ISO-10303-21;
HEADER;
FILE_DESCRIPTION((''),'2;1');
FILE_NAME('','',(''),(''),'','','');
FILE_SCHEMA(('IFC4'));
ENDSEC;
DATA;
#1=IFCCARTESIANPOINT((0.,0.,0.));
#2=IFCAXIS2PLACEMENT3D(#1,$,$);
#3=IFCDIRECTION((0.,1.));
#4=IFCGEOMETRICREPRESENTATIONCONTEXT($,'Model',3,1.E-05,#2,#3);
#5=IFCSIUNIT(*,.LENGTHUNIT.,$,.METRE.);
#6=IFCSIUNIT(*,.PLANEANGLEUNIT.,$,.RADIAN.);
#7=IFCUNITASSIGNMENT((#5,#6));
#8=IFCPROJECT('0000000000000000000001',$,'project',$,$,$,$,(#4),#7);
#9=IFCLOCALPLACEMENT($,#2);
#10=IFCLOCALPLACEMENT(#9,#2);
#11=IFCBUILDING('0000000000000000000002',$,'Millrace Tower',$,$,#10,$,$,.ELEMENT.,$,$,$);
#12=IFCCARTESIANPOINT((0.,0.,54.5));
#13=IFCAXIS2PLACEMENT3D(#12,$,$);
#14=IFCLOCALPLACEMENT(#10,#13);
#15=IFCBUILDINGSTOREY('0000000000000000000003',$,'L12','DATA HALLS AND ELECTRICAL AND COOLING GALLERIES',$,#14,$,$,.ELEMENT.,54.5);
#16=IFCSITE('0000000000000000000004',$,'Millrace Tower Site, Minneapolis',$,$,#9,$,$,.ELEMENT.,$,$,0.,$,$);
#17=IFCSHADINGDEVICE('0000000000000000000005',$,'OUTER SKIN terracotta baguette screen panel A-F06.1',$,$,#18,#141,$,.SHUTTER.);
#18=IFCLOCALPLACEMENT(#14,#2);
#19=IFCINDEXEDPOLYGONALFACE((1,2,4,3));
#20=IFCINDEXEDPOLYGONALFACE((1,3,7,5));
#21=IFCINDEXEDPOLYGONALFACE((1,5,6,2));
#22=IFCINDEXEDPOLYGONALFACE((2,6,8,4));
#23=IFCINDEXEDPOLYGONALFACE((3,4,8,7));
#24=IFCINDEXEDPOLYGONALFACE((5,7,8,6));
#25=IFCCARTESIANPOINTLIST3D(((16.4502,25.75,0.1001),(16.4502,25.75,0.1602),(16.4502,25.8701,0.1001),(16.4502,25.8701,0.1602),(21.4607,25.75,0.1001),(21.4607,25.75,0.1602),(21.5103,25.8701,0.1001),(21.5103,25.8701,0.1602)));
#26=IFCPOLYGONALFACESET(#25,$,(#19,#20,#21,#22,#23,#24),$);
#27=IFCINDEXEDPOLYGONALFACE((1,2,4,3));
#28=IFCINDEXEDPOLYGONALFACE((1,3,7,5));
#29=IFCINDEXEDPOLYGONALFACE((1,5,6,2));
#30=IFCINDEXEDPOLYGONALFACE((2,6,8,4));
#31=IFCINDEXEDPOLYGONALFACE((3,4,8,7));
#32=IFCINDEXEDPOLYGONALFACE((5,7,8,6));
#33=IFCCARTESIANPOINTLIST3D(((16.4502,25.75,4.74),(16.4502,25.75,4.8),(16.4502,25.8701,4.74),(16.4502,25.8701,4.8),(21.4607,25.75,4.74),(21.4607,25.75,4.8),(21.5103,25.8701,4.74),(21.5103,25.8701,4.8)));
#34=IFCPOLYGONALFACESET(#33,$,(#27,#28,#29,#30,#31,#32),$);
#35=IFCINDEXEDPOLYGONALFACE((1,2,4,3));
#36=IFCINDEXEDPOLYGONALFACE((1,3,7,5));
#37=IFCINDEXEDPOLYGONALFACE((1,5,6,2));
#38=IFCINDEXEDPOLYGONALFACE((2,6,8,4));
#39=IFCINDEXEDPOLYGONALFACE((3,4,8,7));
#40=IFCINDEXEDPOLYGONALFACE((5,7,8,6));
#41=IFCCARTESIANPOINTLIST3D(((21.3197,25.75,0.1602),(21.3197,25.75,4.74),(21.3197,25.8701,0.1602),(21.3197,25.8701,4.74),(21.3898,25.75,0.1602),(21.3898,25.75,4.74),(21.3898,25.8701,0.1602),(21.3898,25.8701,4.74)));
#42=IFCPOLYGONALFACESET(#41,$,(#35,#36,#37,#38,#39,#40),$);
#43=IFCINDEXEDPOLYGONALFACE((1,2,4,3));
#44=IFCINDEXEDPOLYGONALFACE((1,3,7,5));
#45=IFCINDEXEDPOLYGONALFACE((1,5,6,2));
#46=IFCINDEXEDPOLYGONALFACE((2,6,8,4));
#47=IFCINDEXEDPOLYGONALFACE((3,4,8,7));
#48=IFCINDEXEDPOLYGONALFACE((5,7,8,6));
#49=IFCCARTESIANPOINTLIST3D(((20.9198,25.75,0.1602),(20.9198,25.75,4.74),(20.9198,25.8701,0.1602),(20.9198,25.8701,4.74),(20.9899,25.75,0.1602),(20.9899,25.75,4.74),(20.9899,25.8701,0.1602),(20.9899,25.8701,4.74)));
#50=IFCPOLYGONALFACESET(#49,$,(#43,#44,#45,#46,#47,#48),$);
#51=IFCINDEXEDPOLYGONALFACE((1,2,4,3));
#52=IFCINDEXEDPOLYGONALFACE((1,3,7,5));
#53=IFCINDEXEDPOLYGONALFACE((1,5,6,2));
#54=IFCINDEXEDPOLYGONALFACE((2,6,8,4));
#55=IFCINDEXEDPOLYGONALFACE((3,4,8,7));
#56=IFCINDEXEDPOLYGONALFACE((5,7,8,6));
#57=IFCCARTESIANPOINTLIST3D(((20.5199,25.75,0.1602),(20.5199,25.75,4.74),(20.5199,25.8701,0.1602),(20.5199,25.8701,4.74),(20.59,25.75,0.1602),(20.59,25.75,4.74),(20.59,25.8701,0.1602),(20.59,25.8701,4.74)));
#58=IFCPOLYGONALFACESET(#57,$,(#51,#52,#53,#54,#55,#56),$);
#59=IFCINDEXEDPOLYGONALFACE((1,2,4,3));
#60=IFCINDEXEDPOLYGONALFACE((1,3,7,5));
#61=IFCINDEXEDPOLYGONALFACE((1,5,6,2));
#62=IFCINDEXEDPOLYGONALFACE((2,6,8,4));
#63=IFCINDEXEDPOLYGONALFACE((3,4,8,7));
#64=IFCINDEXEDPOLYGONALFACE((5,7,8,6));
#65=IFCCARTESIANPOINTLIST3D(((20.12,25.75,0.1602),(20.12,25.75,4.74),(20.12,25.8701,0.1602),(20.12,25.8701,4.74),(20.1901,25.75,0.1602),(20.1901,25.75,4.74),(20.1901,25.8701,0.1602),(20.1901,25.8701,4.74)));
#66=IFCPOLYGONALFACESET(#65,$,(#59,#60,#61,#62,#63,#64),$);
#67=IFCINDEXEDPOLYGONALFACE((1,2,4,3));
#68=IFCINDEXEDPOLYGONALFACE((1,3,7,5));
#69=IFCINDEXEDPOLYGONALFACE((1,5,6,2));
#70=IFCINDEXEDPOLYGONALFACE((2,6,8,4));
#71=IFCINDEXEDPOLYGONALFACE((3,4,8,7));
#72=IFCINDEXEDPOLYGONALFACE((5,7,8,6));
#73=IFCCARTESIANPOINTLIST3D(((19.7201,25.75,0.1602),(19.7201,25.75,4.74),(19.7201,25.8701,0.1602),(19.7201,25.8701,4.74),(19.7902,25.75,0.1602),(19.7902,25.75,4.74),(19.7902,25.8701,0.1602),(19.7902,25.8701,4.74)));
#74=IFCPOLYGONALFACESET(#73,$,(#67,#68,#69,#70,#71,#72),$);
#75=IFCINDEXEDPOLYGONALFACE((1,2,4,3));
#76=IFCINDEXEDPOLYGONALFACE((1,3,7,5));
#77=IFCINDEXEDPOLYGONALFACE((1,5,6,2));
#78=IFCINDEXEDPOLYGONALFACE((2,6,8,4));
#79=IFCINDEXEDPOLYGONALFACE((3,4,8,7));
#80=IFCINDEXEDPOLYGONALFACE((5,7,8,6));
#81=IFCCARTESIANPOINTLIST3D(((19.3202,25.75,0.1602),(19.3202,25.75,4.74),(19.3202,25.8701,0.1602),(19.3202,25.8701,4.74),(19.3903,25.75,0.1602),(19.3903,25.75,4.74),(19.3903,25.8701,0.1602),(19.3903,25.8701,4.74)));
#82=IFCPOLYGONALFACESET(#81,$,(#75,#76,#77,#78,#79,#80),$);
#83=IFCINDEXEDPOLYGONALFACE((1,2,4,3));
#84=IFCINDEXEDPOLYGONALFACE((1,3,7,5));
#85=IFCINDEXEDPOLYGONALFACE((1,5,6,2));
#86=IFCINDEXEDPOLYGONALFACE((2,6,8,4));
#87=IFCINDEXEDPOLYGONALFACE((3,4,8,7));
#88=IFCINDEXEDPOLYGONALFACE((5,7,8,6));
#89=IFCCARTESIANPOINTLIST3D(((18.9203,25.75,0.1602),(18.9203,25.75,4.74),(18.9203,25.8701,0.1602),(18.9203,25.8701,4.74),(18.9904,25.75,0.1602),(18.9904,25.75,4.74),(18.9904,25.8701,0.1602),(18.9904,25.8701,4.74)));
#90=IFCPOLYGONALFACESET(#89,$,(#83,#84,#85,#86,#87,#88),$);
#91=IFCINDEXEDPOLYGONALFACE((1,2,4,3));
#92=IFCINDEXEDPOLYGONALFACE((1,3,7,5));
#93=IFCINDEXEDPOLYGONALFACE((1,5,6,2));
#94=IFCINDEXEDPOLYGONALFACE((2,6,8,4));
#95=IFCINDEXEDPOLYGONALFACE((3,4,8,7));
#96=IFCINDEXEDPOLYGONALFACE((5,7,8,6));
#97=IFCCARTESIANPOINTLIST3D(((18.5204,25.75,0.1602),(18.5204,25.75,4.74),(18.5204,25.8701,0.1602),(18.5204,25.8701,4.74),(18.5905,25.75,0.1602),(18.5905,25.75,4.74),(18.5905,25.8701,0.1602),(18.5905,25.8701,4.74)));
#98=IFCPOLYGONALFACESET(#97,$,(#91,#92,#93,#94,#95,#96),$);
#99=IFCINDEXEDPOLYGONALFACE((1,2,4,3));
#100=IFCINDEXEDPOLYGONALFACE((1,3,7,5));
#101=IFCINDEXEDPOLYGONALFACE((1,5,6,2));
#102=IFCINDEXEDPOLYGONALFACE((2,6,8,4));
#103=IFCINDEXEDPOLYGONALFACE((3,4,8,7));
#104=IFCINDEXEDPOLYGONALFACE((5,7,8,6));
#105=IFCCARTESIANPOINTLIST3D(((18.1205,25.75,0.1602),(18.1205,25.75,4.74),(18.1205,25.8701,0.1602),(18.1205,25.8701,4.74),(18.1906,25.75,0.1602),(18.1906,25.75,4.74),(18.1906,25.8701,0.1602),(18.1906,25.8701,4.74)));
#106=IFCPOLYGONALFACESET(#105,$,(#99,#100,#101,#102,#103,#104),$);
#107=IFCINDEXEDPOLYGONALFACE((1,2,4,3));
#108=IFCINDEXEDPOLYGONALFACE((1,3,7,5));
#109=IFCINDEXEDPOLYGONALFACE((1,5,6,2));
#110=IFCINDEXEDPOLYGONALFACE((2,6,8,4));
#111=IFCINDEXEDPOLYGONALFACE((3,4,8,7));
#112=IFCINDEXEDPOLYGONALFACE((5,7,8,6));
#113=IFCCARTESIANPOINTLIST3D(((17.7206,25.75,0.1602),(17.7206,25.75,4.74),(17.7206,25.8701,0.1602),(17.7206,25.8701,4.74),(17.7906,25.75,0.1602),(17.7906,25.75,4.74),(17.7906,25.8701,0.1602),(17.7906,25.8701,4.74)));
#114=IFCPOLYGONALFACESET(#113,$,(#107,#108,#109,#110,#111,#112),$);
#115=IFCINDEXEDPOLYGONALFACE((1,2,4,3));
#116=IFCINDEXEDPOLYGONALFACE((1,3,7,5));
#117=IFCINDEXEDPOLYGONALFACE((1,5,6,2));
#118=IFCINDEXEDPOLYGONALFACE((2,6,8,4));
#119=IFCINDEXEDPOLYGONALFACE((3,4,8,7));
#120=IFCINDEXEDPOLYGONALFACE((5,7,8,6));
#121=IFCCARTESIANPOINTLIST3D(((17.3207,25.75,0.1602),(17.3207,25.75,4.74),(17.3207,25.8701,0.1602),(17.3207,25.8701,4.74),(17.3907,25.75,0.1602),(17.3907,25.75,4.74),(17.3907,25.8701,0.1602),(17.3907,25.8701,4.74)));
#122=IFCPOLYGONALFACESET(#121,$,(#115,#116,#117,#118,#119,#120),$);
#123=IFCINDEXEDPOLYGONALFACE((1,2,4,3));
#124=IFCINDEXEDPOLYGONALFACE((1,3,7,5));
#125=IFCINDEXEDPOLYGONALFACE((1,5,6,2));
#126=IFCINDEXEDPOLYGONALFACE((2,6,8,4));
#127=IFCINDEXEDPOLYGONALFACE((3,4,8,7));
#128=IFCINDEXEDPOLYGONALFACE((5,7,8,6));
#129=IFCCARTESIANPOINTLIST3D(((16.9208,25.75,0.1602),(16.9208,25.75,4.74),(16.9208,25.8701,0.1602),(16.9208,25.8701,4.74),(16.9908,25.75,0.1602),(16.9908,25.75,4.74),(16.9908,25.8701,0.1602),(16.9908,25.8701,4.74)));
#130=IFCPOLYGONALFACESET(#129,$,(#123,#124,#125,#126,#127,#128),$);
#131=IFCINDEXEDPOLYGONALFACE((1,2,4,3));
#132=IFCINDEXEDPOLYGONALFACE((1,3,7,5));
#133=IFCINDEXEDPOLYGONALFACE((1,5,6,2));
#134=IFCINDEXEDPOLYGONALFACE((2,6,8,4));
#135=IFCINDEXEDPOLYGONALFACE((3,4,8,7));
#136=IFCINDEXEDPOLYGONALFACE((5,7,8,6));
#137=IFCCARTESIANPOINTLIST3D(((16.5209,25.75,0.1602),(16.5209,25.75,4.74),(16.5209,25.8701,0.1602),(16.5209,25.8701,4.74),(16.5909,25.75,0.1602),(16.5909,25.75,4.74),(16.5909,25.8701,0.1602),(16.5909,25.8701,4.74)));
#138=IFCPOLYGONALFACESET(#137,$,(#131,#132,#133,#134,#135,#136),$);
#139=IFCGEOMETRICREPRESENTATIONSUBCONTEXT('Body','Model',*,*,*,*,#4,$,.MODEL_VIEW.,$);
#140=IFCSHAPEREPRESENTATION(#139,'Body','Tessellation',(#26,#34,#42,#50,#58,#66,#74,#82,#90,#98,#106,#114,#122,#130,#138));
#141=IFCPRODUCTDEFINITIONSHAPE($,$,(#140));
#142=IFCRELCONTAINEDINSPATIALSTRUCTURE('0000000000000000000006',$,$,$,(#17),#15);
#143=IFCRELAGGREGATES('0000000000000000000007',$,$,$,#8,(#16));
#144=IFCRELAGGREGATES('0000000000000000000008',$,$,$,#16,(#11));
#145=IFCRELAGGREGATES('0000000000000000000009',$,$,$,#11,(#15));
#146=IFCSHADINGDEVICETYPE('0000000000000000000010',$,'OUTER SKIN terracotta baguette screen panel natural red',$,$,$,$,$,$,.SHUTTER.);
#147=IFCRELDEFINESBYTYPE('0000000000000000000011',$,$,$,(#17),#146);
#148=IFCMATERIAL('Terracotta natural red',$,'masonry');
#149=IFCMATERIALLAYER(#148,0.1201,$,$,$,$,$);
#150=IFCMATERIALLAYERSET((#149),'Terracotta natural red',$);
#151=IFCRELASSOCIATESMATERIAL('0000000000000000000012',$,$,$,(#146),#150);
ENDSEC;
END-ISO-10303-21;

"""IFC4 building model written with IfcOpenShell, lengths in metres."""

from ifc_helpers import new_model, entity, si_unit, direction, frame, frame_2d, origin, place, context, subcontext, project, spatial, rectangle, extrude, source, transform, mapped, material, layer, layer_set, type_object, element, save


model = new_model("IFC4")

# Units and contexts
model_context = context("Model", 3, precision=1e-05, world=origin(), true_north=direction((0.0, 1.0)))
body_context = subcontext(model_context, "Body", "Model", "MODEL_VIEW")
ifc_project = project(units=[si_unit("LENGTHUNIT", "METRE"), si_unit("PLANEANGLEUNIT", "RADIAN")], contexts=[model_context])

# Site, building, storey
site_placement = place(None, origin())
site = spatial("IfcSite", under=ifc_project, at=site_placement, Name="Millrace Tower Site, Minneapolis", CompositionType="ELEMENT", RefElevation=0.0)
building_placement = place(site_placement, origin())
building = spatial("IfcBuilding", under=site, at=building_placement, Name="Millrace Tower", CompositionType="ELEMENT")
storey_placement = place(building_placement, frame((0.0, 0.0, 54.5)))
storey = spatial("IfcBuildingStorey", under=building, at=storey_placement, Name="L12", Description="DATA HALLS AND ELECTRICAL AND COOLING GALLERIES", CompositionType="ELEMENT", Elevation=54.5)

# Shading device
ifc_material_1 = material(Name="Terracotta natural red", Category="masonry")
ifc_layer_1 = layer(ifc_material_1, 0.1201)
ifc_layer_set_1 = layer_set([ifc_layer_1], Name="Terracotta natural red")
shading_device_type_1 = type_object("IfcShadingDeviceType", Name="OUTER SKIN terracotta baguette screen panel natural red", PredefinedType="SHUTTER", material=ifc_layer_set_1)
cartesian_point_1 = entity("IfcCartesianPoint", [-2.4929, 0.0601])
shared_polyline_1 = entity("IfcPolyline", [cartesian_point_1, entity("IfcCartesianPoint", [2.5176, 0.0601]), entity("IfcCartesianPoint", [2.5176, -0.0601]), entity("IfcCartesianPoint", [-2.5425, -0.0601]), cartesian_point_1])
shared_shape_1 = source(origin(), body_context, "Body", "SweptSolid", [
    entity("IfcExtrudedAreaSolid", entity("IfcArbitraryClosedProfileDef", "AREA", None, shared_polyline_1), entity("IfcAxis2Placement3D", entity("IfcCartesianPoint", [0.0, 0.0, 0.0])), entity("IfcDirection", [0.0, 0.0, 1.0]), 0.0601),
    entity("IfcExtrudedAreaSolid", entity("IfcArbitraryClosedProfileDef", "AREA", None, shared_polyline_1), entity("IfcAxis2Placement3D", entity("IfcCartesianPoint", [0.0, 0.0, 4.6399])), entity("IfcDirection", [0.0, 0.0, 1.0]), 0.0601),
    extrude(rectangle(XDim=0.0701, YDim=0.1201, at=frame_2d((-2.387, 0.0))), frame((0.0, 0.0, 0.0601)), (0.0, 0.0, 1.0), 4.5798),
    extrude(rectangle(XDim=0.0701, YDim=0.1201, at=frame_2d((-1.9871, 0.0))), frame((0.0, 0.0, 0.0601)), (0.0, 0.0, 1.0), 4.5798),
    extrude(rectangle(XDim=0.0701, YDim=0.1201, at=frame_2d((-1.5872, 0.0))), frame((0.0, 0.0, 0.0601)), (0.0, 0.0, 1.0), 4.5798),
    extrude(rectangle(XDim=0.0701, YDim=0.1201, at=frame_2d((-1.1873, 0.0))), frame((0.0, 0.0, 0.0601)), (0.0, 0.0, 1.0), 4.5798),
    extrude(rectangle(XDim=0.0701, YDim=0.1201, at=frame_2d((-0.7874, 0.0))), frame((0.0, 0.0, 0.0601)), (0.0, 0.0, 1.0), 4.5798),
    extrude(rectangle(XDim=0.0701, YDim=0.1201, at=frame_2d((-0.3875, 0.0))), frame((0.0, 0.0, 0.0601)), (0.0, 0.0, 1.0), 4.5798),
    extrude(rectangle(XDim=0.0701, YDim=0.1201, at=frame_2d((0.0125, 0.0))), frame((0.0, 0.0, 0.0601)), (0.0, 0.0, 1.0), 4.5798),
    extrude(rectangle(XDim=0.0701, YDim=0.1201, at=frame_2d((0.4124, 0.0))), frame((0.0, 0.0, 0.0601)), (0.0, 0.0, 1.0), 4.5798),
    extrude(rectangle(XDim=0.0701, YDim=0.1201, at=frame_2d((0.8123, 0.0))), frame((0.0, 0.0, 0.0601)), (0.0, 0.0, 1.0), 4.5798),
    extrude(rectangle(XDim=0.0701, YDim=0.1201, at=frame_2d((1.2122, 0.0))), frame((0.0, 0.0, 0.0601)), (0.0, 0.0, 1.0), 4.5798),
    extrude(rectangle(XDim=0.0701, YDim=0.1201, at=frame_2d((1.6121, 0.0))), frame((0.0, 0.0, 0.0601)), (0.0, 0.0, 1.0), 4.5798),
    extrude(rectangle(XDim=0.0701, YDim=0.1201, at=frame_2d((2.012, 0.0))), frame((0.0, 0.0, 0.0601)), (0.0, 0.0, 1.0), 4.5798),
    extrude(rectangle(XDim=0.0701, YDim=0.1201, at=frame_2d((2.4119, 0.0))), frame((0.0, 0.0, 0.0601)), (0.0, 0.0, 1.0), 4.5798),
])
shading_device_1_placement = place(storey_placement, frame((18.9678, 25.8101, 0.1001), z_axis=(0.0, 0.0, 1.0), x_axis=(-1.0, 0.0, 0.0)))
element("IfcShadingDevice", 1, at=shading_device_1_placement, inside=storey, type_object=shading_device_type_1, Name="OUTER SKIN terracotta baguette screen panel A-F06.1", PredefinedType="SHUTTER", context=body_context, shape_type="MappedRepresentation", body=[
    mapped(shared_shape_1, transform((0.0, 0.0, 0.0), scale=1.0)),
])

save(model, "model.ifc")
